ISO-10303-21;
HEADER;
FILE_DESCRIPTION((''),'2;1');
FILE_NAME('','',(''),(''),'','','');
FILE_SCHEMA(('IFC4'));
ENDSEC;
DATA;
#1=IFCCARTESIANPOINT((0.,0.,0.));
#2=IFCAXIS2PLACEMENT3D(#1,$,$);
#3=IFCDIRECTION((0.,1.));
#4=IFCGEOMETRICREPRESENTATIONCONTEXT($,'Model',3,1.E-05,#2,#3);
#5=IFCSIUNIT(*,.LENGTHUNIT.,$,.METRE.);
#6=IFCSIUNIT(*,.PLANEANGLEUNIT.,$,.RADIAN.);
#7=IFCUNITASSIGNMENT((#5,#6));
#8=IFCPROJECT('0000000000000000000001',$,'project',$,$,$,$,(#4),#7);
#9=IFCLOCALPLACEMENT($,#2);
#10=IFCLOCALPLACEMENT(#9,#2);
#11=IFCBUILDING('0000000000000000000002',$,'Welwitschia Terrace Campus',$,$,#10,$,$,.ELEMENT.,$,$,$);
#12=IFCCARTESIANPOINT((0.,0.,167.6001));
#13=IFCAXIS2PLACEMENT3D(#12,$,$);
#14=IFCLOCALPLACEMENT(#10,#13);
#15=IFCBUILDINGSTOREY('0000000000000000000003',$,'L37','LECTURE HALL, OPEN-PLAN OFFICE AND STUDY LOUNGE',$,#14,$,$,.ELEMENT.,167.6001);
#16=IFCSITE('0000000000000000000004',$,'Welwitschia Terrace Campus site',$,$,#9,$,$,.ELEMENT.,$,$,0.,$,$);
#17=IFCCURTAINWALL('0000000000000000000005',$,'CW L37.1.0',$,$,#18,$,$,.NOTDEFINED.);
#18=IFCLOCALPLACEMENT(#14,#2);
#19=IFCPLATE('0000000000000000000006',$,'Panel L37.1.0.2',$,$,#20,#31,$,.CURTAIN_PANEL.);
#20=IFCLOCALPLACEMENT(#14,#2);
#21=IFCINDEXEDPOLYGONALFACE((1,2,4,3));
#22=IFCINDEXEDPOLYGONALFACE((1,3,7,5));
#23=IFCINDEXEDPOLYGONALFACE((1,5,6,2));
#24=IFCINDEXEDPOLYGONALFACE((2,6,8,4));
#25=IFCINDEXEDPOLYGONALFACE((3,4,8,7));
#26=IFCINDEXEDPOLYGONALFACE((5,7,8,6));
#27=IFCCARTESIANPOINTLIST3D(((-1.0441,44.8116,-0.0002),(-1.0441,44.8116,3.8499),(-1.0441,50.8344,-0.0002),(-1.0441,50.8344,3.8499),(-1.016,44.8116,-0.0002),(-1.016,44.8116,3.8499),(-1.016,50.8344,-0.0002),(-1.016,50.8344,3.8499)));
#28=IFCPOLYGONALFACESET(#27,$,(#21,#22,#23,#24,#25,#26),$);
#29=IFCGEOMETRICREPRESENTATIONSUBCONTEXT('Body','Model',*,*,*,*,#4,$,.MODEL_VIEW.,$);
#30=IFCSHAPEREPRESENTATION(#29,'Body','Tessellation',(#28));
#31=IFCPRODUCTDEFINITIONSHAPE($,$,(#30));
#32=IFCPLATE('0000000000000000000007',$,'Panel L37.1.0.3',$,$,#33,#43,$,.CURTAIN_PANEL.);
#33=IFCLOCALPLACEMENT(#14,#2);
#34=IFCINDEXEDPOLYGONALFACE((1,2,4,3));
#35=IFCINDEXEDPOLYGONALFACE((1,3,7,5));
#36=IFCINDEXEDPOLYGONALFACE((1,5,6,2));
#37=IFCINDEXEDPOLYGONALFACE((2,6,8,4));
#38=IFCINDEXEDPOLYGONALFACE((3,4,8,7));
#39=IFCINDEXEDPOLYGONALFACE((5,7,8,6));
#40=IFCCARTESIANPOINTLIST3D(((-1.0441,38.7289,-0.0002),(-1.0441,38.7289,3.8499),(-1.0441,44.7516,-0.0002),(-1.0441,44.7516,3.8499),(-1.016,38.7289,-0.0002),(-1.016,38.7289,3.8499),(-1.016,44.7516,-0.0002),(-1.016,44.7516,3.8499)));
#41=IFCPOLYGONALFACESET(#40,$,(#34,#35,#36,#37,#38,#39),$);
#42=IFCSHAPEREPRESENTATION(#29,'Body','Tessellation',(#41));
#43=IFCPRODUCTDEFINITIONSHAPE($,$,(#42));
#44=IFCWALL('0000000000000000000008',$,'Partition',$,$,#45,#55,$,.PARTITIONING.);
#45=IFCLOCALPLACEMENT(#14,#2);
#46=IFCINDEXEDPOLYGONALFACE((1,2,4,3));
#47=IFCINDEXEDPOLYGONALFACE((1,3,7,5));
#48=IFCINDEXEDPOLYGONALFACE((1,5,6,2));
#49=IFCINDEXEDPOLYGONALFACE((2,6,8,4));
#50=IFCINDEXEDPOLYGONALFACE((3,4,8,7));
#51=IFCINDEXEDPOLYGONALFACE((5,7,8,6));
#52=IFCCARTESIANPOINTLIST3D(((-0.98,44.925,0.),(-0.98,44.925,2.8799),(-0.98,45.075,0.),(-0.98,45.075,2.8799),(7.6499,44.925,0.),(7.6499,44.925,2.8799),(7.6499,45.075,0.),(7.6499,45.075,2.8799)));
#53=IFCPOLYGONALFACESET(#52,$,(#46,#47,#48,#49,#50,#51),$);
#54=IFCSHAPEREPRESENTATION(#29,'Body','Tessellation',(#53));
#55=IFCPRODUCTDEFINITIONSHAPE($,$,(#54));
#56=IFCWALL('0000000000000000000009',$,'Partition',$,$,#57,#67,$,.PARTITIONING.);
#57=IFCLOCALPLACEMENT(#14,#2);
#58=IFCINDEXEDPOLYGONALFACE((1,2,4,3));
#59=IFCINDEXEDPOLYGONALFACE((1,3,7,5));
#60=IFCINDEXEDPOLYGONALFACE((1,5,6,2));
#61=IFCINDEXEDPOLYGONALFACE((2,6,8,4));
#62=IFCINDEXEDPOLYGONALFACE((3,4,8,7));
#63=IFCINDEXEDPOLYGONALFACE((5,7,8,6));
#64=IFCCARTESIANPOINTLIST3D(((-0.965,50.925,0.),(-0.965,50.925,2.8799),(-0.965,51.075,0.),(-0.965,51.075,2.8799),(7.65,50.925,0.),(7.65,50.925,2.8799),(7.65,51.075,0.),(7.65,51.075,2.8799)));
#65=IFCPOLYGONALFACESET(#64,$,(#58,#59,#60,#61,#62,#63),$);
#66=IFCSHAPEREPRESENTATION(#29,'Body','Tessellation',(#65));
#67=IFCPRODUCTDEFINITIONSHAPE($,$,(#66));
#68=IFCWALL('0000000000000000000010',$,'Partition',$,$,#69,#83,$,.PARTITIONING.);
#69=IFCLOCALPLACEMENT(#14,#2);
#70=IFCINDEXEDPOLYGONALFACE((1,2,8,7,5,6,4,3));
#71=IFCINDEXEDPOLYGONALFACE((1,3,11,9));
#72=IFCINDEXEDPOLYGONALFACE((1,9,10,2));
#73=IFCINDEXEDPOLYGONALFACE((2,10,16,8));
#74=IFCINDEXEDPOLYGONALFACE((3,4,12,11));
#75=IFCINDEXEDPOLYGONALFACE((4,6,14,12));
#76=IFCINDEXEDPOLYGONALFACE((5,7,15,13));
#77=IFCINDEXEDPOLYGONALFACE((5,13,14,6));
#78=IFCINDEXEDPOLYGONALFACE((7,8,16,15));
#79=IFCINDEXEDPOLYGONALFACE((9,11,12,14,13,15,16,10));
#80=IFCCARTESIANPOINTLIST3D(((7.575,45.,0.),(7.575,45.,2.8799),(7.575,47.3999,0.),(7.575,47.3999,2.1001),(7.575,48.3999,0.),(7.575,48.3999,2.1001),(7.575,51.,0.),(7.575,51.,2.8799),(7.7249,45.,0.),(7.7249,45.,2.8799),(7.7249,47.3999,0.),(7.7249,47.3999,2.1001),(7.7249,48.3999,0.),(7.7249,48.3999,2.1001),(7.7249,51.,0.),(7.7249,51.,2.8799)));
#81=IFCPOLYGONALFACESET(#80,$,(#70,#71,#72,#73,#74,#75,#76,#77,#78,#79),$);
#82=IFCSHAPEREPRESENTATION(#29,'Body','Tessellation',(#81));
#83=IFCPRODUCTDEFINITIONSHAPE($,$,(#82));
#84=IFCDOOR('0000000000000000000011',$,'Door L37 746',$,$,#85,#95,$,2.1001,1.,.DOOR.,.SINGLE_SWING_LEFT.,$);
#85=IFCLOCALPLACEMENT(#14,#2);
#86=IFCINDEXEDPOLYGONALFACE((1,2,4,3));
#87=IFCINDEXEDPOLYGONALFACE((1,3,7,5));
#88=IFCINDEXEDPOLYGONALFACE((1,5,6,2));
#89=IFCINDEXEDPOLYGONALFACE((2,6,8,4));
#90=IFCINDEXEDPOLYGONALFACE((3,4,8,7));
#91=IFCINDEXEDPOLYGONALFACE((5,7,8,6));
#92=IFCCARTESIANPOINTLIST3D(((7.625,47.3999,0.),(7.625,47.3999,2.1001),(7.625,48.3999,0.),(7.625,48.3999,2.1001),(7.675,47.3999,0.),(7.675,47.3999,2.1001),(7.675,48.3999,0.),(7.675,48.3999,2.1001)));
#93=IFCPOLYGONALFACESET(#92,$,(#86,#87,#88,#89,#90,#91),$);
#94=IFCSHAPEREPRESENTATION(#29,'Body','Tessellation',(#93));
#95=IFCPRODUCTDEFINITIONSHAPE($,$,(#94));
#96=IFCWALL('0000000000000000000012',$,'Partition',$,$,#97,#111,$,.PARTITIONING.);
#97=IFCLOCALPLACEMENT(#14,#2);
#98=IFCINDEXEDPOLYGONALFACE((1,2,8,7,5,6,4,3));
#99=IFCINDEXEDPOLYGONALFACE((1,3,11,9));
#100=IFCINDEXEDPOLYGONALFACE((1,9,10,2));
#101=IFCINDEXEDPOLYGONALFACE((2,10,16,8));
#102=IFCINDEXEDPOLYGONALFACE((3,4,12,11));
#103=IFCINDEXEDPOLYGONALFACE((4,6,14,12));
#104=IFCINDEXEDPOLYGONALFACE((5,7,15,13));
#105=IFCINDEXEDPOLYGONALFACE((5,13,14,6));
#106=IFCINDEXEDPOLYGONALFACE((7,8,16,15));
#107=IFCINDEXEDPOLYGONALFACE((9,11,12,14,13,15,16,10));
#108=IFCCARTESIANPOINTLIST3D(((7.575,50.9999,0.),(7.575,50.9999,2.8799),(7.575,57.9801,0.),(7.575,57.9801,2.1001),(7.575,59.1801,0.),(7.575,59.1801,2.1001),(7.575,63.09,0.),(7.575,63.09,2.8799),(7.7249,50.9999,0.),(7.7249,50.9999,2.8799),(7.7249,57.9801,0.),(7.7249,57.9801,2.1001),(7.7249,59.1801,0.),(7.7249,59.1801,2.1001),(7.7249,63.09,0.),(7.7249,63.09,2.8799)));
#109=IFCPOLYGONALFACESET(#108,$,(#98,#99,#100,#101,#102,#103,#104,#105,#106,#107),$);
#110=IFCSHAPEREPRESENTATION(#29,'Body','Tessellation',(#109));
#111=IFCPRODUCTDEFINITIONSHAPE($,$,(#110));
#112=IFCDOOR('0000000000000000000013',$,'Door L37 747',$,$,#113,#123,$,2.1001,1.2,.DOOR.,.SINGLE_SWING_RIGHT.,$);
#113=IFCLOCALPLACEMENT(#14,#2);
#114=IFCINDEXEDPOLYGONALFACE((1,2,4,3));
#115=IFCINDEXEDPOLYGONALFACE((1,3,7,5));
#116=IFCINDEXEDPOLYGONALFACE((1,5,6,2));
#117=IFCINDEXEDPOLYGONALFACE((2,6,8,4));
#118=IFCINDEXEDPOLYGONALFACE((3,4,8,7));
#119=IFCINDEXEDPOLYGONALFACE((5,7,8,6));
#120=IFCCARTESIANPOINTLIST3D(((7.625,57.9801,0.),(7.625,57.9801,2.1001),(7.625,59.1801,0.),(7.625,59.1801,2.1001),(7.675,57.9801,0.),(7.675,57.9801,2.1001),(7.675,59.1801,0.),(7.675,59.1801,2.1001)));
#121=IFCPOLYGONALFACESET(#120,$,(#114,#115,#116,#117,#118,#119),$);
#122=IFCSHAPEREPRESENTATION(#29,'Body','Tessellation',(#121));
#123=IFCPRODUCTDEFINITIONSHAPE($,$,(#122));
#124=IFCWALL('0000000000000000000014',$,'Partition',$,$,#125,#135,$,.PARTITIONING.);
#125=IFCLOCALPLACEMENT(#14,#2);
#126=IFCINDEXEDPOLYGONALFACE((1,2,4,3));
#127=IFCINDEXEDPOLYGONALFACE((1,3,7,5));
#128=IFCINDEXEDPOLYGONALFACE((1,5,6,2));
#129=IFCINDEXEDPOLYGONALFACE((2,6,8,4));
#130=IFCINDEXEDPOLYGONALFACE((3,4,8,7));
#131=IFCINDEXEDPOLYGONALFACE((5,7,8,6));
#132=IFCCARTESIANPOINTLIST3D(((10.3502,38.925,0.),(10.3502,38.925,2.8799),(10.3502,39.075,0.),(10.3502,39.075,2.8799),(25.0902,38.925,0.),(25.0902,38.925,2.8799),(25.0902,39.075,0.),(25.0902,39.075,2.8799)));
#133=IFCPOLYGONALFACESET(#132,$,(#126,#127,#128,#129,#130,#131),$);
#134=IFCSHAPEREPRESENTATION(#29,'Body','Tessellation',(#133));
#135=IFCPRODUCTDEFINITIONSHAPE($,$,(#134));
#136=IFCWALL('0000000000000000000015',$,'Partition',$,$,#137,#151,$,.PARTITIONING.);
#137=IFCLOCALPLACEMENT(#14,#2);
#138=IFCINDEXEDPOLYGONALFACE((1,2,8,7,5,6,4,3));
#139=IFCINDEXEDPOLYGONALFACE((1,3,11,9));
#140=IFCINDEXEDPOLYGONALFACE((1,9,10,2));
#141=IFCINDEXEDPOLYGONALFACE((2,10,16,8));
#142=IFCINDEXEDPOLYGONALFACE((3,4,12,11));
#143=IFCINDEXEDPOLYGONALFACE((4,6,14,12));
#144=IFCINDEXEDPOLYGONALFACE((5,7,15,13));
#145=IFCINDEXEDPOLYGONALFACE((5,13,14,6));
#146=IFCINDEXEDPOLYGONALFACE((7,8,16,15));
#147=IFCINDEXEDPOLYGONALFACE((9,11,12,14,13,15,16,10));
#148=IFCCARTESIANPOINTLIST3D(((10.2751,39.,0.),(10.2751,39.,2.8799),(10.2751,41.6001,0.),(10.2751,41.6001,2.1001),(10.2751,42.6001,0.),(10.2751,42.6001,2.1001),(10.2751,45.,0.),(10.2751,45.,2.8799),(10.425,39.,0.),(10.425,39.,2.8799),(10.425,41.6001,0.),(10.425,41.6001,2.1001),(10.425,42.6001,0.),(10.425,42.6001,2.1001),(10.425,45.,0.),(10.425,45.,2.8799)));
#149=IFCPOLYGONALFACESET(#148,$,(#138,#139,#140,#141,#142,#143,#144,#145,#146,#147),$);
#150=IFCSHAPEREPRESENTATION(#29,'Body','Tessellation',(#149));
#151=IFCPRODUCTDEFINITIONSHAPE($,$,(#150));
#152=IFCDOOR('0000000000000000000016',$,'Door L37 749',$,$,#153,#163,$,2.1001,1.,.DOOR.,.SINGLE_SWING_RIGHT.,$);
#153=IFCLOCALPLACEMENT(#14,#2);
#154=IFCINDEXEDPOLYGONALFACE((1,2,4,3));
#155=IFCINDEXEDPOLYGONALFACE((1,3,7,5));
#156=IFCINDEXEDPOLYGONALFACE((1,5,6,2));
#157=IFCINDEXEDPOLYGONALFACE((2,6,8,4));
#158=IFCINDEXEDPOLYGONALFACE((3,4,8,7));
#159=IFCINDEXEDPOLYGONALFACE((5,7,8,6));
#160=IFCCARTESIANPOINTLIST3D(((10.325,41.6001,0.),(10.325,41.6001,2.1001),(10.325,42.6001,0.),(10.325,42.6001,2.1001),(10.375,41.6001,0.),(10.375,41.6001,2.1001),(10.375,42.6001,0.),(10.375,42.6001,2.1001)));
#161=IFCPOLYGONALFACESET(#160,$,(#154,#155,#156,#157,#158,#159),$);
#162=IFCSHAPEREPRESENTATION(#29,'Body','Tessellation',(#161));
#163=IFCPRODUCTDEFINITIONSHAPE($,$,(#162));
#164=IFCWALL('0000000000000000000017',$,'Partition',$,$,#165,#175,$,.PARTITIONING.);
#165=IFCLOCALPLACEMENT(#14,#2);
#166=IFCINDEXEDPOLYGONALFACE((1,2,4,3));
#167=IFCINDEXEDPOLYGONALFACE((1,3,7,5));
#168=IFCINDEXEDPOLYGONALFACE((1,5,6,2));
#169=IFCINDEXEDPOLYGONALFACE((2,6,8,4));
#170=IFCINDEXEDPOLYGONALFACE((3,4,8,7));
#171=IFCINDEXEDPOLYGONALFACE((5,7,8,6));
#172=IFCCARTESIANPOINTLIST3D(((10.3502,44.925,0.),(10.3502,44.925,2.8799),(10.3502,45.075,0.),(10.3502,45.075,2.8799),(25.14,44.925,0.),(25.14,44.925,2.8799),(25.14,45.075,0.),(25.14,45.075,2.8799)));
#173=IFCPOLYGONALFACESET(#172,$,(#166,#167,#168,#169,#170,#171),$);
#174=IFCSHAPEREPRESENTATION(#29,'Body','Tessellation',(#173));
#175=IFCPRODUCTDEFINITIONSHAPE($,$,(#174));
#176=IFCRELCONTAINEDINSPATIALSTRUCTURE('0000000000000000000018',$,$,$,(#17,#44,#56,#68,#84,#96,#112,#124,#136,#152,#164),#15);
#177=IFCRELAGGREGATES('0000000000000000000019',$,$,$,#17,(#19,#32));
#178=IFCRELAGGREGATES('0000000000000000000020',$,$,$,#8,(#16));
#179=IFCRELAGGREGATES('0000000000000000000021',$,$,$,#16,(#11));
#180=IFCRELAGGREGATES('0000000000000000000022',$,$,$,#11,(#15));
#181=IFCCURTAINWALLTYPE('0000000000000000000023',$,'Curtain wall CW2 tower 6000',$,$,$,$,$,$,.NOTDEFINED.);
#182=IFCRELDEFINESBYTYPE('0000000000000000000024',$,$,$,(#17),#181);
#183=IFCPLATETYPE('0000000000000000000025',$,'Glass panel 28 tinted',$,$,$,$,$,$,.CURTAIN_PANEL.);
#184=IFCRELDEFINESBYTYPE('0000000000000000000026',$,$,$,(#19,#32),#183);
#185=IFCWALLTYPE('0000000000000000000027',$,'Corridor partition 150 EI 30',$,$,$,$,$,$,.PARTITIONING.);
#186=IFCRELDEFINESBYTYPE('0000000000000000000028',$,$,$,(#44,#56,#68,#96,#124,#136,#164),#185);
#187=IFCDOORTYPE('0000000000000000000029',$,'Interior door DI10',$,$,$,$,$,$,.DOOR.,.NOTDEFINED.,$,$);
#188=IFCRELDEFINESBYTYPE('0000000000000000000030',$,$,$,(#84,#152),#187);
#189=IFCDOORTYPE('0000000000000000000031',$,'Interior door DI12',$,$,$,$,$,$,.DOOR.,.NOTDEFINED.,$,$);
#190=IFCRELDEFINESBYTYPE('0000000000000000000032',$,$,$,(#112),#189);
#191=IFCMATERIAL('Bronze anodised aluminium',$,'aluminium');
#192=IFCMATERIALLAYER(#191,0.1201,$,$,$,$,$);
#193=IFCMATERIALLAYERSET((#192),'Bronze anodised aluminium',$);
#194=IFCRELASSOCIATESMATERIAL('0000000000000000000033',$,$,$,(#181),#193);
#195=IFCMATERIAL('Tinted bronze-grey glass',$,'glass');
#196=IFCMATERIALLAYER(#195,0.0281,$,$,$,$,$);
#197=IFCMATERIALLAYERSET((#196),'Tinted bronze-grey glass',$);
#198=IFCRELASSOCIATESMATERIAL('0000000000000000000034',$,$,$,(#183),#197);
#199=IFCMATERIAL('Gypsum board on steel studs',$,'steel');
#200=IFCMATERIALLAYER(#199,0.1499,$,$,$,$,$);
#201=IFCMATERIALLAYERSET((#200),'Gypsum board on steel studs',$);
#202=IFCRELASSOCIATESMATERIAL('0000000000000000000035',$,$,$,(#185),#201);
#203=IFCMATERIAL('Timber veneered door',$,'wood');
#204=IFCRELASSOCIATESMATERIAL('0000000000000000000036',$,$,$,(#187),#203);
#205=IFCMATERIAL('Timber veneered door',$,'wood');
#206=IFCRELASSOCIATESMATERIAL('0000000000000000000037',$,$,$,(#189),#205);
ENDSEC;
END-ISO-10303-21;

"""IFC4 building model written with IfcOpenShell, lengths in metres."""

from ifc_helpers import new_model, si_unit, direction, frame, frame_2d, origin, origin_2d, place, context, subcontext, project, spatial, rectangle, extrude, material, layer, layer_set, type_object, element, fill, aggregate, save


model = new_model("IFC4")

# Units and contexts
model_context = context("Model", 3, precision=1e-05, world=origin(), true_north=direction((0.0, 1.0)))
body_context = subcontext(model_context, "Body", "Model", "MODEL_VIEW")
ifc_project = project(units=[si_unit("LENGTHUNIT", "METRE"), si_unit("PLANEANGLEUNIT", "RADIAN")], contexts=[model_context])

# Site, building, storey
site_placement = place(None, origin())
site = spatial("IfcSite", under=ifc_project, at=site_placement, Name="Welwitschia Terrace Campus site", CompositionType="ELEMENT", RefElevation=0.0)
building_placement = place(site_placement, origin())
building = spatial("IfcBuilding", under=site, at=building_placement, Name="Welwitschia Terrace Campus", CompositionType="ELEMENT")
storey_placement = place(building_placement, frame((0.0, 0.0, 167.6001)))
storey = spatial("IfcBuildingStorey", under=building, at=storey_placement, Name="L37", Description="LECTURE HALL, OPEN-PLAN OFFICE AND STUDY LOUNGE", CompositionType="ELEMENT", Elevation=167.6001)

# Curtain wall
ifc_material_1 = material(Name="Bronze anodised aluminium", Category="aluminium")
ifc_layer_1 = layer(ifc_material_1, 0.1201)
ifc_layer_set_1 = layer_set([ifc_layer_1], Name="Bronze anodised aluminium")
curtain_wall_type = type_object("IfcCurtainWallType", Name="Curtain wall CW2 tower 6000", PredefinedType="NOTDEFINED", material=ifc_layer_set_1)
curtain_wall_placement = place(storey_placement, origin())
curtain_wall = element("IfcCurtainWall", 1, at=curtain_wall_placement, inside=storey, type_object=curtain_wall_type, Name="CW L37.1.0", PredefinedType="NOTDEFINED")

# Plates
ifc_material_2 = material(Name="Tinted bronze-grey glass", Category="glass")
ifc_layer_2 = layer(ifc_material_2, 0.0281)
ifc_layer_set_2 = layer_set([ifc_layer_2], Name="Tinted bronze-grey glass")
plate_type = type_object("IfcPlateType", Name="Glass panel 28 tinted", PredefinedType="CURTAIN_PANEL", material=ifc_layer_set_2)
plate_1_placement = place(storey_placement, frame((-1.03, 47.823, -0.0002), z_axis=(0.0, 0.0, 1.0), x_axis=(0.0, -1.0, 0.0)))
plate_1 = element("IfcPlate", 2, at=plate_1_placement, type_object=plate_type, Name="Panel L37.1.0.2", PredefinedType="CURTAIN_PANEL", context=body_context, shape_type="SweptSolid", body=[
    extrude(rectangle(XDim=6.0227, YDim=0.0281, at=origin_2d()), origin(), (0.0, 0.0, 1.0), 3.8501),
])
plate_2_placement = place(storey_placement, frame((-1.03, 41.7402, -0.0002), z_axis=(0.0, 0.0, 1.0), x_axis=(0.0, -1.0, 0.0)))
plate_2 = element("IfcPlate", 3, at=plate_2_placement, type_object=plate_type, Name="Panel L37.1.0.3", PredefinedType="CURTAIN_PANEL", context=body_context, shape_type="SweptSolid", body=[
    extrude(rectangle(XDim=6.0227, YDim=0.0281, at=origin_2d()), origin(), (0.0, 0.0, 1.0), 3.8501),
])
aggregate(curtain_wall, [plate_1, plate_2])

# Walls
ifc_material_3 = material(Name="Gypsum board on steel studs", Category="steel")
ifc_layer_3 = layer(ifc_material_3, 0.1499)
ifc_layer_set_3 = layer_set([ifc_layer_3], Name="Gypsum board on steel studs")
wall_type = type_object("IfcWallType", Name="Corridor partition 150 EI 30", PredefinedType="PARTITIONING", material=ifc_layer_set_3)
wall_1_placement = place(storey_placement, frame((-0.98, 45.0, 0.0), z_axis=(0.0, 0.0, 1.0), x_axis=(1.0, 0.0, 0.0)))
element("IfcWall", 4, at=wall_1_placement, inside=storey, type_object=wall_type, Name="Partition", PredefinedType="PARTITIONING", context=body_context, shape_type="SweptSolid", body=[
    extrude(rectangle(XDim=8.6299, YDim=0.1499, at=frame_2d((4.3149, 0.0))), origin(), (0.0, 0.0, 1.0), 2.8799),
])
wall_2_placement = place(storey_placement, frame((-0.9651, 51.0, 0.0), z_axis=(0.0, 0.0, 1.0), x_axis=(1.0, 0.0, 0.0)))
element("IfcWall", 5, at=wall_2_placement, inside=storey, type_object=wall_type, Name="Partition", PredefinedType="PARTITIONING", context=body_context, shape_type="SweptSolid", body=[
    extrude(rectangle(XDim=8.615, YDim=0.1499, at=frame_2d((4.3076, 0.0))), origin(), (0.0, 0.0, 1.0), 2.8799),
])

# Walls, openings, doors
wall_3_placement = place(storey_placement, frame((7.6499, 45.0, 0.0), z_axis=(0.0, 0.0, 1.0), x_axis=(0.0, 1.0, 0.0)))
wall_3 = element("IfcWall", 6, at=wall_3_placement, inside=storey, type_object=wall_type, Name="Partition", PredefinedType="PARTITIONING", context=body_context, shape_type="SweptSolid", body=[
    extrude(rectangle(XDim=6.0, YDim=0.1499, at=frame_2d((3.0, 0.0))), origin(), (0.0, 0.0, 1.0), 2.8799),
])
opening_1_placement = place(wall_3_placement, frame((2.3999, 0.0, 0.0)))
opening_1 = element("IfcOpeningElement", 7, at=opening_1_placement, cuts=wall_3, PredefinedType="OPENING", context=body_context, shape_type="SweptSolid", body=[
    extrude(rectangle(XDim=1.0, YDim=2.1001, at=frame_2d((0.5, 1.05))), frame((0.0, 0.085, 0.0), z_axis=(0.0, -1.0, 0.0), x_axis=(1.0, 0.0, 0.0)), (0.0, 0.0, 1.0), 0.1699),
])
ifc_material_4 = material(Name="Timber veneered door", Category="wood")
door_type_1 = type_object("IfcDoorType", Name="Interior door DI10", OperationType="NOTDEFINED", PredefinedType="DOOR", material=ifc_material_4)
door_1_placement = place(opening_1_placement, origin())
door_1 = element("IfcDoor", 8, at=door_1_placement, inside=storey, type_object=door_type_1, Name="Door L37 746", OperationType="SINGLE_SWING_LEFT", OverallHeight=2.1001, OverallWidth=1.0, PredefinedType="DOOR", context=body_context, shape_type="SweptSolid", body=[
    extrude(rectangle(XDim=1.0, YDim=2.1001, at=frame_2d((0.5, 1.05))), frame((0.0, 0.0249, 0.0), z_axis=(0.0, -1.0, 0.0), x_axis=(1.0, 0.0, 0.0)), (0.0, 0.0, 1.0), 0.05),
])
fill(opening_1, door_1)
wall_4_placement = place(storey_placement, frame((7.6499, 51.0, 0.0), z_axis=(0.0, 0.0, 1.0), x_axis=(0.0, 1.0, 0.0)))
wall_4 = element("IfcWall", 9, at=wall_4_placement, inside=storey, type_object=wall_type, Name="Partition", PredefinedType="PARTITIONING", context=body_context, shape_type="SweptSolid", body=[
    extrude(rectangle(XDim=12.0901, YDim=0.1499, at=frame_2d((6.0449, 0.0))), origin(), (0.0, 0.0, 1.0), 2.8799),
])
opening_2_placement = place(wall_4_placement, frame((6.98, 0.0, 0.0)))
opening_2 = element("IfcOpeningElement", 10, at=opening_2_placement, cuts=wall_4, PredefinedType="OPENING", context=body_context, shape_type="SweptSolid", body=[
    extrude(rectangle(XDim=1.2, YDim=2.1001, at=frame_2d((0.6001, 1.05))), frame((0.0, 0.085, 0.0), z_axis=(0.0, -1.0, 0.0), x_axis=(1.0, 0.0, 0.0)), (0.0, 0.0, 1.0), 0.1699),
])
ifc_material_5 = material(Name="Timber veneered door", Category="wood")
door_type_2 = type_object("IfcDoorType", Name="Interior door DI12", OperationType="NOTDEFINED", PredefinedType="DOOR", material=ifc_material_5)
door_2_placement = place(opening_2_placement, origin())
door_2 = element("IfcDoor", 11, at=door_2_placement, inside=storey, type_object=door_type_2, Name="Door L37 747", OperationType="SINGLE_SWING_RIGHT", OverallHeight=2.1001, OverallWidth=1.2, PredefinedType="DOOR", context=body_context, shape_type="SweptSolid", body=[
    extrude(rectangle(XDim=1.2, YDim=2.1001, at=frame_2d((0.6001, 1.05))), frame((0.0, 0.0249, 0.0), z_axis=(0.0, -1.0, 0.0), x_axis=(1.0, 0.0, 0.0)), (0.0, 0.0, 1.0), 0.05),
])
fill(opening_2, door_2)

# Wall
wall_5_placement = place(storey_placement, frame((10.3501, 39.0, 0.0), z_axis=(0.0, 0.0, 1.0), x_axis=(1.0, 0.0, 0.0)))
element("IfcWall", 12, at=wall_5_placement, inside=storey, type_object=wall_type, Name="Partition", PredefinedType="PARTITIONING", context=body_context, shape_type="SweptSolid", body=[
    extrude(rectangle(XDim=14.74, YDim=0.1499, at=frame_2d((7.3701, 0.0))), origin(), (0.0, 0.0, 1.0), 2.8799),
])

# Wall, opening, door
wall_6_placement = place(storey_placement, frame((10.3501, 45.0, 0.0), z_axis=(0.0, 0.0, 1.0), x_axis=(0.0, -1.0, 0.0)))
wall_6 = element("IfcWall", 13, at=wall_6_placement, inside=storey, type_object=wall_type, Name="Partition", PredefinedType="PARTITIONING", context=body_context, shape_type="SweptSolid", body=[
    extrude(rectangle(XDim=6.0, YDim=0.1499, at=frame_2d((3.0, 0.0))), origin(), (0.0, 0.0, 1.0), 2.8799),
])
opening_3_placement = place(wall_6_placement, frame((2.3999, 0.0, 0.0)))
opening_3 = element("IfcOpeningElement", 14, at=opening_3_placement, cuts=wall_6, PredefinedType="OPENING", context=body_context, shape_type="SweptSolid", body=[
    extrude(rectangle(XDim=1.0, YDim=2.1001, at=frame_2d((0.5, 1.05))), frame((0.0, 0.085, 0.0), z_axis=(0.0, -1.0, 0.0), x_axis=(1.0, 0.0, 0.0)), (0.0, 0.0, 1.0), 0.1699),
])
door_3_placement = place(opening_3_placement, origin())
door_3 = element("IfcDoor", 15, at=door_3_placement, inside=storey, type_object=door_type_1, Name="Door L37 749", OperationType="SINGLE_SWING_RIGHT", OverallHeight=2.1001, OverallWidth=1.0, PredefinedType="DOOR", context=body_context, shape_type="SweptSolid", body=[
    extrude(rectangle(XDim=1.0, YDim=2.1001, at=frame_2d((0.5, 1.05))), frame((0.0, 0.0249, 0.0), z_axis=(0.0, -1.0, 0.0), x_axis=(1.0, 0.0, 0.0)), (0.0, 0.0, 1.0), 0.05),
])
fill(opening_3, door_3)

# Wall
wall_7_placement = place(storey_placement, frame((10.3501, 45.0, 0.0), z_axis=(0.0, 0.0, 1.0), x_axis=(1.0, 0.0, 0.0)))
element("IfcWall", 16, at=wall_7_placement, inside=storey, type_object=wall_type, Name="Partition", PredefinedType="PARTITIONING", context=body_context, shape_type="SweptSolid", body=[
    extrude(rectangle(XDim=14.7898, YDim=0.1499, at=frame_2d((7.395, 0.0))), origin(), (0.0, 0.0, 1.0), 2.8799),
])

save(model, "model.ifc")
